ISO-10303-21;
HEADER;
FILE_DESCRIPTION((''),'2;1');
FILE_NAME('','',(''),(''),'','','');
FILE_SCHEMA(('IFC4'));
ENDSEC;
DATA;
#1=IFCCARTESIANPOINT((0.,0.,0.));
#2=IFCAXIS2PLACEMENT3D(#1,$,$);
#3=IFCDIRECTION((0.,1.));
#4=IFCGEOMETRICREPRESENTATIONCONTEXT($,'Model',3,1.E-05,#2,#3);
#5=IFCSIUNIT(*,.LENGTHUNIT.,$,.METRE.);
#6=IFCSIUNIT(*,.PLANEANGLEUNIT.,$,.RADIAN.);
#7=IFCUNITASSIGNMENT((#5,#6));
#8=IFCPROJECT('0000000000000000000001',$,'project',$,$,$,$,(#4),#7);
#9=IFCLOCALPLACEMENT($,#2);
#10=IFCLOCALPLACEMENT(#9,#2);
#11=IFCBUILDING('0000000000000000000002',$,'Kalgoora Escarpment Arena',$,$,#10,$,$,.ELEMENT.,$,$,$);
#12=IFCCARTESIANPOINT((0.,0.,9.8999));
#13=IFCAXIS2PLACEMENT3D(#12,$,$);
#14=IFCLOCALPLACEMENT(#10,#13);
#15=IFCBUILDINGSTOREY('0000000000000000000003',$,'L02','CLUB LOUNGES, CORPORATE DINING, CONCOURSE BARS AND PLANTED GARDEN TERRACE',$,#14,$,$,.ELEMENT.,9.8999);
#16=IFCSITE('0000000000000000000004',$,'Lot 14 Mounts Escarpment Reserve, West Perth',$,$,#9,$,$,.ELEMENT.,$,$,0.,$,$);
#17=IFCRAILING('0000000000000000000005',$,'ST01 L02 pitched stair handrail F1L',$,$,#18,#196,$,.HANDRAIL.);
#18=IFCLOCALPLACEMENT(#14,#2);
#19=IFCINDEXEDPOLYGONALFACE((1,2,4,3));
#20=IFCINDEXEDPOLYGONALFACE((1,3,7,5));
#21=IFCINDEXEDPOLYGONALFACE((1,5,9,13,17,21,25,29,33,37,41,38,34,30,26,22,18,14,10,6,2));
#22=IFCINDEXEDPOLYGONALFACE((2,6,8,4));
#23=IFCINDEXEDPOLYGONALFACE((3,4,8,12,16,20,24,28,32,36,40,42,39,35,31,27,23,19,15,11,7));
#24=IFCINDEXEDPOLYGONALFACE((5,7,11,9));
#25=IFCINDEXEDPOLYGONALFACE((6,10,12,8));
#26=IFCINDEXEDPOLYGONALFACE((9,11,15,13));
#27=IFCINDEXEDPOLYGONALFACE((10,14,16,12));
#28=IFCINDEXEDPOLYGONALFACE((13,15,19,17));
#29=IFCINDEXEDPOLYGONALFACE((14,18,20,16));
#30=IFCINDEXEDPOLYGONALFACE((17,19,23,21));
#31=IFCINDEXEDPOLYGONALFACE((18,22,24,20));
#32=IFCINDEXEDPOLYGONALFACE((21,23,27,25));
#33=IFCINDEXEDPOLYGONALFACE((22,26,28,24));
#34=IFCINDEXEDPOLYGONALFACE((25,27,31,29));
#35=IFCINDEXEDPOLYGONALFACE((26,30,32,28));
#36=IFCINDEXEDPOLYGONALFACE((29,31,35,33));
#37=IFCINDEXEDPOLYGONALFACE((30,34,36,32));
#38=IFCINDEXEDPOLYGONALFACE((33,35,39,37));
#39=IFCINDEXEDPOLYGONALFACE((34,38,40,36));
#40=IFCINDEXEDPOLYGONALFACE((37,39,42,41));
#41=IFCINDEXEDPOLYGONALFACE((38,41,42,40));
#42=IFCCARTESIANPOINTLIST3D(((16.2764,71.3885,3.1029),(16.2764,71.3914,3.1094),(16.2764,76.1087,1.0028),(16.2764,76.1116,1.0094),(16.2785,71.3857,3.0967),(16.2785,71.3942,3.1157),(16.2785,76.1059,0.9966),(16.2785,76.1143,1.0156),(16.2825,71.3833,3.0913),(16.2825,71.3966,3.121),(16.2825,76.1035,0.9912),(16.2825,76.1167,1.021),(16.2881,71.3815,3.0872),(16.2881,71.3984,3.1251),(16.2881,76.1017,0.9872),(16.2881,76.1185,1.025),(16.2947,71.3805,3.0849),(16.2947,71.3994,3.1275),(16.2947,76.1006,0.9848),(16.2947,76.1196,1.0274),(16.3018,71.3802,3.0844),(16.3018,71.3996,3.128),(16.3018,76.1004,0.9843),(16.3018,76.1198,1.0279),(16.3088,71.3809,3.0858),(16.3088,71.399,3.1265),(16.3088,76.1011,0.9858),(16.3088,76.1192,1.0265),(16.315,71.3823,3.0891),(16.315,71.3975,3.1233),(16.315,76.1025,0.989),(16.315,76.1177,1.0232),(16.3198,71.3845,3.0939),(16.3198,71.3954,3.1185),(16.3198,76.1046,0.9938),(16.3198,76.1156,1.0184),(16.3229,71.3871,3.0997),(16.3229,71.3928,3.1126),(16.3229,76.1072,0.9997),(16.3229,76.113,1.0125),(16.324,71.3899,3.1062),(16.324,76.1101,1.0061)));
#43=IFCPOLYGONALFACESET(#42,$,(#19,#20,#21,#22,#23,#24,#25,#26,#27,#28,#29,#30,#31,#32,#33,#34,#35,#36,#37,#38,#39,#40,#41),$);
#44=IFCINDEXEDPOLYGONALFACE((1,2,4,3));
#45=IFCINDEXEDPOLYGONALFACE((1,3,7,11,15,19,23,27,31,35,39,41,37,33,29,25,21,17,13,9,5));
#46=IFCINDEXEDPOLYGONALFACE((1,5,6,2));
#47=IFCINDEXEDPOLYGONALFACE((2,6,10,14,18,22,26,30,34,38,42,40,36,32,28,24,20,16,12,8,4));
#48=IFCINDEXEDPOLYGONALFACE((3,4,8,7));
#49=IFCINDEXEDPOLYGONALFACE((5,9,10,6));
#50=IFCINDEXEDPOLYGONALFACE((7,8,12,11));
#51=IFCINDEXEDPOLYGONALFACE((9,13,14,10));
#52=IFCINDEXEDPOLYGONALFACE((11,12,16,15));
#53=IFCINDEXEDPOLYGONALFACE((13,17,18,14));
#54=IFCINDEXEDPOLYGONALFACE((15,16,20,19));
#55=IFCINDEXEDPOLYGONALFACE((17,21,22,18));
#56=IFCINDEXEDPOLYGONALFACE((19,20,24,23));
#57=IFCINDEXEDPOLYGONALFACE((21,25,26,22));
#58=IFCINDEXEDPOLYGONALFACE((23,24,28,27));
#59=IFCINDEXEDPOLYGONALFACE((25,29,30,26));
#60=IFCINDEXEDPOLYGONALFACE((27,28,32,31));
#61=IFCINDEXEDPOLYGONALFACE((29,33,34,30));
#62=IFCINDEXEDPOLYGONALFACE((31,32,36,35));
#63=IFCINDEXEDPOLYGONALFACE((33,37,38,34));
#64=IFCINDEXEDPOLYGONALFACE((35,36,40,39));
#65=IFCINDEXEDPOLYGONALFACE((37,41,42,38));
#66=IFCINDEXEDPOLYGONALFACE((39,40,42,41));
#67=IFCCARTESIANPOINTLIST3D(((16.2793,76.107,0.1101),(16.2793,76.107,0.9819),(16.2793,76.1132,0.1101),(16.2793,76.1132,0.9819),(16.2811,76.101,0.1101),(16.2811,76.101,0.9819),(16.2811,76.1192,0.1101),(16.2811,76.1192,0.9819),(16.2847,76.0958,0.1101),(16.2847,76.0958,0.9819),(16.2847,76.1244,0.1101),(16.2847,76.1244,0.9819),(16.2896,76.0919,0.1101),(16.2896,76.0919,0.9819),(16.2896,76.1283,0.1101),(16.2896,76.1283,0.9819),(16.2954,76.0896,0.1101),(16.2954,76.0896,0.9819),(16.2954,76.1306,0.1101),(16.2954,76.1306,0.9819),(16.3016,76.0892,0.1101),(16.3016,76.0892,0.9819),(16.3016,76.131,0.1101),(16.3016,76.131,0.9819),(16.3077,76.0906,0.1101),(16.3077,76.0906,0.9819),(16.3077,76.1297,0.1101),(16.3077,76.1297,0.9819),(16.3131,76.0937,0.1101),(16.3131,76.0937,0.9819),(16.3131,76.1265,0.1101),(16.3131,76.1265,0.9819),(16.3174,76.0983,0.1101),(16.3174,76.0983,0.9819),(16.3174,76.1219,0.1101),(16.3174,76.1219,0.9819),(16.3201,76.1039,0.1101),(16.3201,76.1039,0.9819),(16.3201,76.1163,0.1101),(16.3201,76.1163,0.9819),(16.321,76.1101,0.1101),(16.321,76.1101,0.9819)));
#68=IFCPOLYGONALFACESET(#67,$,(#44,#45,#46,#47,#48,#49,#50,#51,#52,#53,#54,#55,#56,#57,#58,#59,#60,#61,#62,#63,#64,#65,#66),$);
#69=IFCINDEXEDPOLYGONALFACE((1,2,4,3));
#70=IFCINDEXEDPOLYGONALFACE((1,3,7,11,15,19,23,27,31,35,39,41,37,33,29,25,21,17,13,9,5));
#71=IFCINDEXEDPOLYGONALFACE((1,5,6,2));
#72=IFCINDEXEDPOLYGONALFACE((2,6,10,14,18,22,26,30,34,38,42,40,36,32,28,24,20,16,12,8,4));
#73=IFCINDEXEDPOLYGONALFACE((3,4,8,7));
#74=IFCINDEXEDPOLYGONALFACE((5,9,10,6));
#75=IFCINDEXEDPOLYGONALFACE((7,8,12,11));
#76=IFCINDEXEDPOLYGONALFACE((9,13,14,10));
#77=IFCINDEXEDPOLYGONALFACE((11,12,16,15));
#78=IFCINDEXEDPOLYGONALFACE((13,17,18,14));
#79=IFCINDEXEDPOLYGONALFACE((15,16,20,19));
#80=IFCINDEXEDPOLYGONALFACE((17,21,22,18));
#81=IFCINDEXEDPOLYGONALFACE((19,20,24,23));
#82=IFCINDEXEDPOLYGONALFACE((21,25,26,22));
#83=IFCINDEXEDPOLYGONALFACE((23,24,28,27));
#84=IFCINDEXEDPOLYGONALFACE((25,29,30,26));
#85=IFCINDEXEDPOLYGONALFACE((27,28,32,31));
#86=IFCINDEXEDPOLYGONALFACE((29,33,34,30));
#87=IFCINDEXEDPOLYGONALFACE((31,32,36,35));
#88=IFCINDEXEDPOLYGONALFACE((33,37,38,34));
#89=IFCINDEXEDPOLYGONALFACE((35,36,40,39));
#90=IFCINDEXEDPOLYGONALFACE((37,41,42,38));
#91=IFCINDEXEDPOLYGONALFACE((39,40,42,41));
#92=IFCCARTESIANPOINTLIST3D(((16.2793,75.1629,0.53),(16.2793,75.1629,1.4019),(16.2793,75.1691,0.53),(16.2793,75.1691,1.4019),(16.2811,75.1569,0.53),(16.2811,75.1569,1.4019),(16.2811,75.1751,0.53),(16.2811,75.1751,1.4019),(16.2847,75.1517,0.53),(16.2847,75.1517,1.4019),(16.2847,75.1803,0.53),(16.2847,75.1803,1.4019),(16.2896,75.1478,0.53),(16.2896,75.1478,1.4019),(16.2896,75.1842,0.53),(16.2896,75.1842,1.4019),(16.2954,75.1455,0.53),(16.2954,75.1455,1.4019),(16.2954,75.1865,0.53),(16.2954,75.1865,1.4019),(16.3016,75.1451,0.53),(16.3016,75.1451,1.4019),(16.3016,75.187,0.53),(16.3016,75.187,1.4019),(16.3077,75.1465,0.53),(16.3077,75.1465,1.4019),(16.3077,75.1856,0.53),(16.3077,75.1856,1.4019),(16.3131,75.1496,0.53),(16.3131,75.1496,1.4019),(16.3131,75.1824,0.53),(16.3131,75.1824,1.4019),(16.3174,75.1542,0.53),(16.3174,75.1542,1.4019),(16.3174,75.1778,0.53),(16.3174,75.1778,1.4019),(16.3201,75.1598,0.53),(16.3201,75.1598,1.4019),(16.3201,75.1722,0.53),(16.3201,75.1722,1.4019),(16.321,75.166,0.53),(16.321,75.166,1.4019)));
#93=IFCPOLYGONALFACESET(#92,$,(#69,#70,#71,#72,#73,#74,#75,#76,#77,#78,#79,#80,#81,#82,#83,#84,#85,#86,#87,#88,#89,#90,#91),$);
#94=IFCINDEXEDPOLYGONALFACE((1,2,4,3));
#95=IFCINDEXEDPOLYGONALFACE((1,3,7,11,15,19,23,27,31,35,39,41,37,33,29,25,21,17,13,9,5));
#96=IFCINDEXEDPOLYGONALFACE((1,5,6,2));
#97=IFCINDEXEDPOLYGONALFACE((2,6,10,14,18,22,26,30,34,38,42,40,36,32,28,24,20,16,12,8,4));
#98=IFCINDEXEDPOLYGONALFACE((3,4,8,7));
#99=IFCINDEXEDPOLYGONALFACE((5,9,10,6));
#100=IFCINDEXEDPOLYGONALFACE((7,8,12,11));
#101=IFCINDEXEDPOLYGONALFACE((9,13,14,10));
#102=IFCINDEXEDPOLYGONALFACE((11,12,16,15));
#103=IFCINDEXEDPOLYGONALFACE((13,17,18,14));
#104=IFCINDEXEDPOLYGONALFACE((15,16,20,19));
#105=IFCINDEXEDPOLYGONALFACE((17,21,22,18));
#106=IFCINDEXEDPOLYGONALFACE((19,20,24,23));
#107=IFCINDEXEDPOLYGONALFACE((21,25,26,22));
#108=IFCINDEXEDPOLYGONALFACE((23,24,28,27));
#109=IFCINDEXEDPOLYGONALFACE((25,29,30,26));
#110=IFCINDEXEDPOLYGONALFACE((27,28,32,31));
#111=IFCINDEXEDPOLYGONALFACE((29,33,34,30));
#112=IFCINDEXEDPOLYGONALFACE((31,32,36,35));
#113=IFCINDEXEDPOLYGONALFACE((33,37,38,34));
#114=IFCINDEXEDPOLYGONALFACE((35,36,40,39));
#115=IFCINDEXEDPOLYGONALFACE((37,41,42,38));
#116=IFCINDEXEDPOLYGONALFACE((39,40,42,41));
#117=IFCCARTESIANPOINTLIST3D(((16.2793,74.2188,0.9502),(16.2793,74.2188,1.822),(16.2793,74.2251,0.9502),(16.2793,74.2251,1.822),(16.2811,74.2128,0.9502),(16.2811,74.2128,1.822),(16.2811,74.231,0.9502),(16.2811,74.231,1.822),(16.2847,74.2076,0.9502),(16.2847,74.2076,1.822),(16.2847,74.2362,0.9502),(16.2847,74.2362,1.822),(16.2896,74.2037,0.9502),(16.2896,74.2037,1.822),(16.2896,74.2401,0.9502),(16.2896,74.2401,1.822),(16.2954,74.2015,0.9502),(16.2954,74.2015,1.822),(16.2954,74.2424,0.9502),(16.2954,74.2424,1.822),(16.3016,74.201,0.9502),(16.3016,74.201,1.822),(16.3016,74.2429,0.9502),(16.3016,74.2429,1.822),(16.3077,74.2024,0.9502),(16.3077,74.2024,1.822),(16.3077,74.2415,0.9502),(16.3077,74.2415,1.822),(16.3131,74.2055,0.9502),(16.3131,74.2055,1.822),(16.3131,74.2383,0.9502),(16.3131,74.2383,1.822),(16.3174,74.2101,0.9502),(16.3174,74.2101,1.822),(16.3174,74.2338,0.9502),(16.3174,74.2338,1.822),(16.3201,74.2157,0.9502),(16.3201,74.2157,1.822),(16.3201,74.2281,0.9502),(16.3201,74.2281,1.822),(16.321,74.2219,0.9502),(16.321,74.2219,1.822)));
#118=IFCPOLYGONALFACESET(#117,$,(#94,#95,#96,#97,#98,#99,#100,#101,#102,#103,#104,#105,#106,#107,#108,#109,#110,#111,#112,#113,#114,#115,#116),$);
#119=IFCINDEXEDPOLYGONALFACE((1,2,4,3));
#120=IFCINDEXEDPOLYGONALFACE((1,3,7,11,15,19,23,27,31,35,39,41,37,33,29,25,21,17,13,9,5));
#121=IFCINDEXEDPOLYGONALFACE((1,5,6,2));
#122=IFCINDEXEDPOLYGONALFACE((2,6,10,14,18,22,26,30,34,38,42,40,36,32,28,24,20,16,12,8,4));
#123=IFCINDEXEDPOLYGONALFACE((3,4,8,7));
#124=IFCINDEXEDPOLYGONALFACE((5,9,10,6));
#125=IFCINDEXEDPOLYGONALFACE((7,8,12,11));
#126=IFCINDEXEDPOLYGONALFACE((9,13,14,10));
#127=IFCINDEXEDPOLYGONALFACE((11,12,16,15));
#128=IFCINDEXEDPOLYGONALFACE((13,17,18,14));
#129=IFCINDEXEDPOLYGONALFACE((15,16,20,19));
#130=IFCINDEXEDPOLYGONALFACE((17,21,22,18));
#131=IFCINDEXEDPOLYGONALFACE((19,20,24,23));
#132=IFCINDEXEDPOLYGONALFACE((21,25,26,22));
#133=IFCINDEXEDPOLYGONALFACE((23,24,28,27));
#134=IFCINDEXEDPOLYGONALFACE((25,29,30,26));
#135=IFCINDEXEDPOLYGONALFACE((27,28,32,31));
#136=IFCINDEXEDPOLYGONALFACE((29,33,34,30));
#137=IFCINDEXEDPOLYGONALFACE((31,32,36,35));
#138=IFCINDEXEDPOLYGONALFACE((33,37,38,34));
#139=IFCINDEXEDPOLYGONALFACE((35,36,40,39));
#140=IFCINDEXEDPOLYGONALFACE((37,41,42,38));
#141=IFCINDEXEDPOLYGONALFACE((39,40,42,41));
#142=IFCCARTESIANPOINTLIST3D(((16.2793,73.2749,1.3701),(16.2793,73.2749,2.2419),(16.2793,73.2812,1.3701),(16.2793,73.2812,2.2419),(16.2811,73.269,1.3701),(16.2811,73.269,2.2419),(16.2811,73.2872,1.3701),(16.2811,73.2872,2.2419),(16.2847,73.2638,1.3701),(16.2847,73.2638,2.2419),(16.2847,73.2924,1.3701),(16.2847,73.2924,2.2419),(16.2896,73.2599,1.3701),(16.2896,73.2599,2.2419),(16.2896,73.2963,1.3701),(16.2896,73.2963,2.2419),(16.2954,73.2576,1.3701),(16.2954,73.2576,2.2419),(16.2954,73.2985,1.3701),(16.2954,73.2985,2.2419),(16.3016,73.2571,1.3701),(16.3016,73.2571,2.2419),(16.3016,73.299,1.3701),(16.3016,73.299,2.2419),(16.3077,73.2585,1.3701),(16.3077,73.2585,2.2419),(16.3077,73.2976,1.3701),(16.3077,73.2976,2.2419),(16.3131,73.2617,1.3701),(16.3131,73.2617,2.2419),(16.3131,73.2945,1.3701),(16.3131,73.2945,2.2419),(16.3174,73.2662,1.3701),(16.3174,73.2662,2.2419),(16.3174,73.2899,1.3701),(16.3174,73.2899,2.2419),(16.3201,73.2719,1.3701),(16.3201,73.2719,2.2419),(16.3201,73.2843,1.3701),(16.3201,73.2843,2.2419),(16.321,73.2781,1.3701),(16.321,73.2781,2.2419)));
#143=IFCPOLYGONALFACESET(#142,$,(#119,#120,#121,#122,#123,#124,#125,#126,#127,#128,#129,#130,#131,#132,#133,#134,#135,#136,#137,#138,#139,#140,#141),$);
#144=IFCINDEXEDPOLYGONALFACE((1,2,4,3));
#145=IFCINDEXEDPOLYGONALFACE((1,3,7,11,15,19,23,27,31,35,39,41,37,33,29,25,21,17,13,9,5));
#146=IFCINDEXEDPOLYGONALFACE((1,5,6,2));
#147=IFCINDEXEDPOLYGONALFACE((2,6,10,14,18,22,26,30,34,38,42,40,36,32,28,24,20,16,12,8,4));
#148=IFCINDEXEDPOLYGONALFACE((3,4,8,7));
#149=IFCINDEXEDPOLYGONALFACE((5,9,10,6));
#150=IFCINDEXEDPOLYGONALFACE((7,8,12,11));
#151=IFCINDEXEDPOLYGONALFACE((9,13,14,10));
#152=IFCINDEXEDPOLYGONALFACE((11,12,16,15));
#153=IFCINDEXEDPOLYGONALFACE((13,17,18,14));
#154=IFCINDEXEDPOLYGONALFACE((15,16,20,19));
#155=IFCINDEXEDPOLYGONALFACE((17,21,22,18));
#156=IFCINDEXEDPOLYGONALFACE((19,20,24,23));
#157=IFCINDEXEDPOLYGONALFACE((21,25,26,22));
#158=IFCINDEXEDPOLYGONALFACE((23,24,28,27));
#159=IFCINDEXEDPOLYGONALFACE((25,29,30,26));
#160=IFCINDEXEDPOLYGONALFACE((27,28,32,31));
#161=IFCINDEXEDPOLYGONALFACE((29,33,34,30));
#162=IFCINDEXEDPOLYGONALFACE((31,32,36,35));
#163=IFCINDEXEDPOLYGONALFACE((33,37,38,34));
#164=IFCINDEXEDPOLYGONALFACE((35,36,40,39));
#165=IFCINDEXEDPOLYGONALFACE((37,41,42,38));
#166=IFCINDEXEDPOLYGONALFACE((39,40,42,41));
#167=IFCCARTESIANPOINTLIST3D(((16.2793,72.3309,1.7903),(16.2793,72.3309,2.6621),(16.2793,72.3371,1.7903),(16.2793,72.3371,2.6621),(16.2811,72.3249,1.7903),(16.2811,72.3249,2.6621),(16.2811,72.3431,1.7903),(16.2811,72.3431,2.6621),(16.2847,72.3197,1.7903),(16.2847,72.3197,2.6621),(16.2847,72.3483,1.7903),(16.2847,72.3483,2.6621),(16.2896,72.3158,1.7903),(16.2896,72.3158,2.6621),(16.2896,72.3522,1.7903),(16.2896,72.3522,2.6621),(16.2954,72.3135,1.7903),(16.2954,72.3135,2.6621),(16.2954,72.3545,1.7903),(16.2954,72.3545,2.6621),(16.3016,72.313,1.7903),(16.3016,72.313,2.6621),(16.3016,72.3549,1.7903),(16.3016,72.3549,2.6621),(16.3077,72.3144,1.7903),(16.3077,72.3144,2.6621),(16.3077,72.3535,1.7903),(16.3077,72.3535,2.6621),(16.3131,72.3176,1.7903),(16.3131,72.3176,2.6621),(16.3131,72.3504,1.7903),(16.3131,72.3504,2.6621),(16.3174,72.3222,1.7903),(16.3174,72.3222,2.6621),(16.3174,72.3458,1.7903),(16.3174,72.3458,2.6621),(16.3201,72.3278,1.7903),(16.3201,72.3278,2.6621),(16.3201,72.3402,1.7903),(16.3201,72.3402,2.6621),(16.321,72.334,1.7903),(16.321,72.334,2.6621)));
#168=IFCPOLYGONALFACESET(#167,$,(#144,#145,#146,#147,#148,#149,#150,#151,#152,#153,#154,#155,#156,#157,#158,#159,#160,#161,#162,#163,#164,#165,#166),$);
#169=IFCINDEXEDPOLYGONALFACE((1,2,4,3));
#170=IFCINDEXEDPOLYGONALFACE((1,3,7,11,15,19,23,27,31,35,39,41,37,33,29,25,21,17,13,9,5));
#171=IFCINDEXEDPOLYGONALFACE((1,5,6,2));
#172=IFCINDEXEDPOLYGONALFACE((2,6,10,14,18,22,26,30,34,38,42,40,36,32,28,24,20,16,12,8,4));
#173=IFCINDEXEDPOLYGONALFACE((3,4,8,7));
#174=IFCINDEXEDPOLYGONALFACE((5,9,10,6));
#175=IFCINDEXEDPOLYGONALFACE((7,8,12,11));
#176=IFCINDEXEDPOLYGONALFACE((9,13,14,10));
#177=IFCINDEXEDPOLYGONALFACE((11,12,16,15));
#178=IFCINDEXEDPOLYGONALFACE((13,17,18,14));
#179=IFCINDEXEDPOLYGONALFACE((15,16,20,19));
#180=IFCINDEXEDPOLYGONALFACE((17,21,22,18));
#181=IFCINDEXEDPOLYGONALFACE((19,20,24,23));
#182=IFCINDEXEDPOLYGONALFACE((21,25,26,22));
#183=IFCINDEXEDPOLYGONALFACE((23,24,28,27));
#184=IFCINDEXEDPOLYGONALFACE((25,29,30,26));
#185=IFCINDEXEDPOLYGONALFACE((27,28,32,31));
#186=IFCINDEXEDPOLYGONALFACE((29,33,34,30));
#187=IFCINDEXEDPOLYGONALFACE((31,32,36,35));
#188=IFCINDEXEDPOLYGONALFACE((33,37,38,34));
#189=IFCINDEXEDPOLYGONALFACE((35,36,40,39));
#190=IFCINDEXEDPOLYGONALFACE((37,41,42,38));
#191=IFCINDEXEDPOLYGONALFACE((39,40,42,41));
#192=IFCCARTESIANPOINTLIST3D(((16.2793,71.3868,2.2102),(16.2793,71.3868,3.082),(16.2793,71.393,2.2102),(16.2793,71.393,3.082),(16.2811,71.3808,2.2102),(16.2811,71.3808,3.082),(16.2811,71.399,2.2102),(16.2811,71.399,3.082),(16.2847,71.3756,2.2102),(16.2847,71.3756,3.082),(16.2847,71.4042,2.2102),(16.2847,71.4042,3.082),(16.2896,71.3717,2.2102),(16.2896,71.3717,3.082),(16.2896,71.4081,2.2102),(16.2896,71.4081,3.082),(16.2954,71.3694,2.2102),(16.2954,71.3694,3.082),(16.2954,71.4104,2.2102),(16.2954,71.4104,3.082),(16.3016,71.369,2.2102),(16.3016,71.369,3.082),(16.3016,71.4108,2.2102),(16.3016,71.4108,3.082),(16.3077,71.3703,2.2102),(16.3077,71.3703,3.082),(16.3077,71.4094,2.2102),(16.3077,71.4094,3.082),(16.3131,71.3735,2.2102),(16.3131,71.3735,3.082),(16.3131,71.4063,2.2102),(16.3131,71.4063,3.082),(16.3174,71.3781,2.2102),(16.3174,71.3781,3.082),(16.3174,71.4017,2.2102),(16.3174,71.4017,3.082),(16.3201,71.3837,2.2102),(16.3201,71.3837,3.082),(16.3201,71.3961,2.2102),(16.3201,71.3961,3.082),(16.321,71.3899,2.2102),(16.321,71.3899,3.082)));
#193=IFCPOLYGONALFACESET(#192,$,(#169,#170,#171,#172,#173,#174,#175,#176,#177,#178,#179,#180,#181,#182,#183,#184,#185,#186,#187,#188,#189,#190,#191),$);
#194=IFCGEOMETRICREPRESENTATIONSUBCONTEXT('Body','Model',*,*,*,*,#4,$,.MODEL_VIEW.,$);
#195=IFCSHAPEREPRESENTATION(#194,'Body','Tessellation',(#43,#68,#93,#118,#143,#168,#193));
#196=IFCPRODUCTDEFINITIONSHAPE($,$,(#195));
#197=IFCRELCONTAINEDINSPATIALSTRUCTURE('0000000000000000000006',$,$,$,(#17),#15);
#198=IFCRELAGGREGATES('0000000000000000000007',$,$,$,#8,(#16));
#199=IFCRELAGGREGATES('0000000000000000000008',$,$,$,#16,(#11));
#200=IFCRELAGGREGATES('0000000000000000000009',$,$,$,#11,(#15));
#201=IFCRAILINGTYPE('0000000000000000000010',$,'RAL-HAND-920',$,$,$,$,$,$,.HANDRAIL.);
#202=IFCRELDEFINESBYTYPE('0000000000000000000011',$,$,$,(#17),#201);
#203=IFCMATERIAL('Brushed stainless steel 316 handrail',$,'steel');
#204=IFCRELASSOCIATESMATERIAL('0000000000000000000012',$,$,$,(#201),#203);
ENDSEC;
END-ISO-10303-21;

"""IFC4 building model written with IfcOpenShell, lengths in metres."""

from ifc_helpers import new_model, si_unit, direction, frame, origin, origin_2d, place, context, subcontext, project, spatial, circle, extrude, material, type_object, element, save


model = new_model("IFC4")

# Units and contexts
model_context = context("Model", 3, precision=1e-05, world=origin(), true_north=direction((0.0, 1.0)))
body_context = subcontext(model_context, "Body", "Model", "MODEL_VIEW")
ifc_project = project(units=[si_unit("LENGTHUNIT", "METRE"), si_unit("PLANEANGLEUNIT", "RADIAN")], contexts=[model_context])

# Site, building, storey
site_placement = place(None, origin())
site = spatial("IfcSite", under=ifc_project, at=site_placement, Name="Lot 14 Mounts Escarpment Reserve, West Perth", CompositionType="ELEMENT", RefElevation=0.0)
building_placement = place(site_placement, origin())
building = spatial("IfcBuilding", under=site, at=building_placement, Name="Kalgoora Escarpment Arena", CompositionType="ELEMENT")
storey_placement = place(building_placement, frame((0.0, 0.0, 9.8999)))
storey = spatial("IfcBuildingStorey", under=building, at=storey_placement, Name="L02", Description="CLUB LOUNGES, CORPORATE DINING, CONCOURSE BARS AND PLANTED GARDEN TERRACE", CompositionType="ELEMENT", Elevation=9.8999)

# Railing
ifc_material_1 = material(Name="Brushed stainless steel 316 handrail", Category="steel")
railing_type_1 = type_object("IfcRailingType", Name="RAL-HAND-920", PredefinedType="HANDRAIL", material=ifc_material_1)
for number, where, name in (
    (1, (16.3, 76.1101, 0.1101), "ST01 L02 pitched stair handrail F1L"),
):
    element("IfcRailing", number, at=place(storey_placement, frame(where)), inside=storey, type_object=railing_type_1, Name=name, PredefinedType="HANDRAIL", context=body_context, shape_type="SweptSolid", body=[
        extrude(circle(Radius=0.0239, at=origin_2d()), frame((0.0, 0.0, 0.896), z_axis=(0.0, -0.913652, 0.406498), x_axis=(1.0, 0.0, 0.0)), (0.0, 0.0, 1.0), 5.1663),
        extrude(circle(Radius=0.021, at=origin_2d()), origin(), (0.0, 0.0, 1.0), 0.8718),
        extrude(circle(Radius=0.021, at=origin_2d()), frame((0.0, -0.9441, 0.4199)), (0.0, 0.0, 1.0), 0.8718),
        extrude(circle(Radius=0.021, at=origin_2d()), frame((0.0, -1.8882, 0.8401)), (0.0, 0.0, 1.0), 0.8718),
        extrude(circle(Radius=0.021, at=origin_2d()), frame((0.0, -2.832, 1.26)), (0.0, 0.0, 1.0), 0.8718),
        extrude(circle(Radius=0.021, at=origin_2d()), frame((0.0, -3.7761, 1.6802)), (0.0, 0.0, 1.0), 0.8718),
        extrude(circle(Radius=0.021, at=origin_2d()), frame((0.0, -4.7202, 2.1001)), (0.0, 0.0, 1.0), 0.8718),
    ])

save(model, "model.ifc")
